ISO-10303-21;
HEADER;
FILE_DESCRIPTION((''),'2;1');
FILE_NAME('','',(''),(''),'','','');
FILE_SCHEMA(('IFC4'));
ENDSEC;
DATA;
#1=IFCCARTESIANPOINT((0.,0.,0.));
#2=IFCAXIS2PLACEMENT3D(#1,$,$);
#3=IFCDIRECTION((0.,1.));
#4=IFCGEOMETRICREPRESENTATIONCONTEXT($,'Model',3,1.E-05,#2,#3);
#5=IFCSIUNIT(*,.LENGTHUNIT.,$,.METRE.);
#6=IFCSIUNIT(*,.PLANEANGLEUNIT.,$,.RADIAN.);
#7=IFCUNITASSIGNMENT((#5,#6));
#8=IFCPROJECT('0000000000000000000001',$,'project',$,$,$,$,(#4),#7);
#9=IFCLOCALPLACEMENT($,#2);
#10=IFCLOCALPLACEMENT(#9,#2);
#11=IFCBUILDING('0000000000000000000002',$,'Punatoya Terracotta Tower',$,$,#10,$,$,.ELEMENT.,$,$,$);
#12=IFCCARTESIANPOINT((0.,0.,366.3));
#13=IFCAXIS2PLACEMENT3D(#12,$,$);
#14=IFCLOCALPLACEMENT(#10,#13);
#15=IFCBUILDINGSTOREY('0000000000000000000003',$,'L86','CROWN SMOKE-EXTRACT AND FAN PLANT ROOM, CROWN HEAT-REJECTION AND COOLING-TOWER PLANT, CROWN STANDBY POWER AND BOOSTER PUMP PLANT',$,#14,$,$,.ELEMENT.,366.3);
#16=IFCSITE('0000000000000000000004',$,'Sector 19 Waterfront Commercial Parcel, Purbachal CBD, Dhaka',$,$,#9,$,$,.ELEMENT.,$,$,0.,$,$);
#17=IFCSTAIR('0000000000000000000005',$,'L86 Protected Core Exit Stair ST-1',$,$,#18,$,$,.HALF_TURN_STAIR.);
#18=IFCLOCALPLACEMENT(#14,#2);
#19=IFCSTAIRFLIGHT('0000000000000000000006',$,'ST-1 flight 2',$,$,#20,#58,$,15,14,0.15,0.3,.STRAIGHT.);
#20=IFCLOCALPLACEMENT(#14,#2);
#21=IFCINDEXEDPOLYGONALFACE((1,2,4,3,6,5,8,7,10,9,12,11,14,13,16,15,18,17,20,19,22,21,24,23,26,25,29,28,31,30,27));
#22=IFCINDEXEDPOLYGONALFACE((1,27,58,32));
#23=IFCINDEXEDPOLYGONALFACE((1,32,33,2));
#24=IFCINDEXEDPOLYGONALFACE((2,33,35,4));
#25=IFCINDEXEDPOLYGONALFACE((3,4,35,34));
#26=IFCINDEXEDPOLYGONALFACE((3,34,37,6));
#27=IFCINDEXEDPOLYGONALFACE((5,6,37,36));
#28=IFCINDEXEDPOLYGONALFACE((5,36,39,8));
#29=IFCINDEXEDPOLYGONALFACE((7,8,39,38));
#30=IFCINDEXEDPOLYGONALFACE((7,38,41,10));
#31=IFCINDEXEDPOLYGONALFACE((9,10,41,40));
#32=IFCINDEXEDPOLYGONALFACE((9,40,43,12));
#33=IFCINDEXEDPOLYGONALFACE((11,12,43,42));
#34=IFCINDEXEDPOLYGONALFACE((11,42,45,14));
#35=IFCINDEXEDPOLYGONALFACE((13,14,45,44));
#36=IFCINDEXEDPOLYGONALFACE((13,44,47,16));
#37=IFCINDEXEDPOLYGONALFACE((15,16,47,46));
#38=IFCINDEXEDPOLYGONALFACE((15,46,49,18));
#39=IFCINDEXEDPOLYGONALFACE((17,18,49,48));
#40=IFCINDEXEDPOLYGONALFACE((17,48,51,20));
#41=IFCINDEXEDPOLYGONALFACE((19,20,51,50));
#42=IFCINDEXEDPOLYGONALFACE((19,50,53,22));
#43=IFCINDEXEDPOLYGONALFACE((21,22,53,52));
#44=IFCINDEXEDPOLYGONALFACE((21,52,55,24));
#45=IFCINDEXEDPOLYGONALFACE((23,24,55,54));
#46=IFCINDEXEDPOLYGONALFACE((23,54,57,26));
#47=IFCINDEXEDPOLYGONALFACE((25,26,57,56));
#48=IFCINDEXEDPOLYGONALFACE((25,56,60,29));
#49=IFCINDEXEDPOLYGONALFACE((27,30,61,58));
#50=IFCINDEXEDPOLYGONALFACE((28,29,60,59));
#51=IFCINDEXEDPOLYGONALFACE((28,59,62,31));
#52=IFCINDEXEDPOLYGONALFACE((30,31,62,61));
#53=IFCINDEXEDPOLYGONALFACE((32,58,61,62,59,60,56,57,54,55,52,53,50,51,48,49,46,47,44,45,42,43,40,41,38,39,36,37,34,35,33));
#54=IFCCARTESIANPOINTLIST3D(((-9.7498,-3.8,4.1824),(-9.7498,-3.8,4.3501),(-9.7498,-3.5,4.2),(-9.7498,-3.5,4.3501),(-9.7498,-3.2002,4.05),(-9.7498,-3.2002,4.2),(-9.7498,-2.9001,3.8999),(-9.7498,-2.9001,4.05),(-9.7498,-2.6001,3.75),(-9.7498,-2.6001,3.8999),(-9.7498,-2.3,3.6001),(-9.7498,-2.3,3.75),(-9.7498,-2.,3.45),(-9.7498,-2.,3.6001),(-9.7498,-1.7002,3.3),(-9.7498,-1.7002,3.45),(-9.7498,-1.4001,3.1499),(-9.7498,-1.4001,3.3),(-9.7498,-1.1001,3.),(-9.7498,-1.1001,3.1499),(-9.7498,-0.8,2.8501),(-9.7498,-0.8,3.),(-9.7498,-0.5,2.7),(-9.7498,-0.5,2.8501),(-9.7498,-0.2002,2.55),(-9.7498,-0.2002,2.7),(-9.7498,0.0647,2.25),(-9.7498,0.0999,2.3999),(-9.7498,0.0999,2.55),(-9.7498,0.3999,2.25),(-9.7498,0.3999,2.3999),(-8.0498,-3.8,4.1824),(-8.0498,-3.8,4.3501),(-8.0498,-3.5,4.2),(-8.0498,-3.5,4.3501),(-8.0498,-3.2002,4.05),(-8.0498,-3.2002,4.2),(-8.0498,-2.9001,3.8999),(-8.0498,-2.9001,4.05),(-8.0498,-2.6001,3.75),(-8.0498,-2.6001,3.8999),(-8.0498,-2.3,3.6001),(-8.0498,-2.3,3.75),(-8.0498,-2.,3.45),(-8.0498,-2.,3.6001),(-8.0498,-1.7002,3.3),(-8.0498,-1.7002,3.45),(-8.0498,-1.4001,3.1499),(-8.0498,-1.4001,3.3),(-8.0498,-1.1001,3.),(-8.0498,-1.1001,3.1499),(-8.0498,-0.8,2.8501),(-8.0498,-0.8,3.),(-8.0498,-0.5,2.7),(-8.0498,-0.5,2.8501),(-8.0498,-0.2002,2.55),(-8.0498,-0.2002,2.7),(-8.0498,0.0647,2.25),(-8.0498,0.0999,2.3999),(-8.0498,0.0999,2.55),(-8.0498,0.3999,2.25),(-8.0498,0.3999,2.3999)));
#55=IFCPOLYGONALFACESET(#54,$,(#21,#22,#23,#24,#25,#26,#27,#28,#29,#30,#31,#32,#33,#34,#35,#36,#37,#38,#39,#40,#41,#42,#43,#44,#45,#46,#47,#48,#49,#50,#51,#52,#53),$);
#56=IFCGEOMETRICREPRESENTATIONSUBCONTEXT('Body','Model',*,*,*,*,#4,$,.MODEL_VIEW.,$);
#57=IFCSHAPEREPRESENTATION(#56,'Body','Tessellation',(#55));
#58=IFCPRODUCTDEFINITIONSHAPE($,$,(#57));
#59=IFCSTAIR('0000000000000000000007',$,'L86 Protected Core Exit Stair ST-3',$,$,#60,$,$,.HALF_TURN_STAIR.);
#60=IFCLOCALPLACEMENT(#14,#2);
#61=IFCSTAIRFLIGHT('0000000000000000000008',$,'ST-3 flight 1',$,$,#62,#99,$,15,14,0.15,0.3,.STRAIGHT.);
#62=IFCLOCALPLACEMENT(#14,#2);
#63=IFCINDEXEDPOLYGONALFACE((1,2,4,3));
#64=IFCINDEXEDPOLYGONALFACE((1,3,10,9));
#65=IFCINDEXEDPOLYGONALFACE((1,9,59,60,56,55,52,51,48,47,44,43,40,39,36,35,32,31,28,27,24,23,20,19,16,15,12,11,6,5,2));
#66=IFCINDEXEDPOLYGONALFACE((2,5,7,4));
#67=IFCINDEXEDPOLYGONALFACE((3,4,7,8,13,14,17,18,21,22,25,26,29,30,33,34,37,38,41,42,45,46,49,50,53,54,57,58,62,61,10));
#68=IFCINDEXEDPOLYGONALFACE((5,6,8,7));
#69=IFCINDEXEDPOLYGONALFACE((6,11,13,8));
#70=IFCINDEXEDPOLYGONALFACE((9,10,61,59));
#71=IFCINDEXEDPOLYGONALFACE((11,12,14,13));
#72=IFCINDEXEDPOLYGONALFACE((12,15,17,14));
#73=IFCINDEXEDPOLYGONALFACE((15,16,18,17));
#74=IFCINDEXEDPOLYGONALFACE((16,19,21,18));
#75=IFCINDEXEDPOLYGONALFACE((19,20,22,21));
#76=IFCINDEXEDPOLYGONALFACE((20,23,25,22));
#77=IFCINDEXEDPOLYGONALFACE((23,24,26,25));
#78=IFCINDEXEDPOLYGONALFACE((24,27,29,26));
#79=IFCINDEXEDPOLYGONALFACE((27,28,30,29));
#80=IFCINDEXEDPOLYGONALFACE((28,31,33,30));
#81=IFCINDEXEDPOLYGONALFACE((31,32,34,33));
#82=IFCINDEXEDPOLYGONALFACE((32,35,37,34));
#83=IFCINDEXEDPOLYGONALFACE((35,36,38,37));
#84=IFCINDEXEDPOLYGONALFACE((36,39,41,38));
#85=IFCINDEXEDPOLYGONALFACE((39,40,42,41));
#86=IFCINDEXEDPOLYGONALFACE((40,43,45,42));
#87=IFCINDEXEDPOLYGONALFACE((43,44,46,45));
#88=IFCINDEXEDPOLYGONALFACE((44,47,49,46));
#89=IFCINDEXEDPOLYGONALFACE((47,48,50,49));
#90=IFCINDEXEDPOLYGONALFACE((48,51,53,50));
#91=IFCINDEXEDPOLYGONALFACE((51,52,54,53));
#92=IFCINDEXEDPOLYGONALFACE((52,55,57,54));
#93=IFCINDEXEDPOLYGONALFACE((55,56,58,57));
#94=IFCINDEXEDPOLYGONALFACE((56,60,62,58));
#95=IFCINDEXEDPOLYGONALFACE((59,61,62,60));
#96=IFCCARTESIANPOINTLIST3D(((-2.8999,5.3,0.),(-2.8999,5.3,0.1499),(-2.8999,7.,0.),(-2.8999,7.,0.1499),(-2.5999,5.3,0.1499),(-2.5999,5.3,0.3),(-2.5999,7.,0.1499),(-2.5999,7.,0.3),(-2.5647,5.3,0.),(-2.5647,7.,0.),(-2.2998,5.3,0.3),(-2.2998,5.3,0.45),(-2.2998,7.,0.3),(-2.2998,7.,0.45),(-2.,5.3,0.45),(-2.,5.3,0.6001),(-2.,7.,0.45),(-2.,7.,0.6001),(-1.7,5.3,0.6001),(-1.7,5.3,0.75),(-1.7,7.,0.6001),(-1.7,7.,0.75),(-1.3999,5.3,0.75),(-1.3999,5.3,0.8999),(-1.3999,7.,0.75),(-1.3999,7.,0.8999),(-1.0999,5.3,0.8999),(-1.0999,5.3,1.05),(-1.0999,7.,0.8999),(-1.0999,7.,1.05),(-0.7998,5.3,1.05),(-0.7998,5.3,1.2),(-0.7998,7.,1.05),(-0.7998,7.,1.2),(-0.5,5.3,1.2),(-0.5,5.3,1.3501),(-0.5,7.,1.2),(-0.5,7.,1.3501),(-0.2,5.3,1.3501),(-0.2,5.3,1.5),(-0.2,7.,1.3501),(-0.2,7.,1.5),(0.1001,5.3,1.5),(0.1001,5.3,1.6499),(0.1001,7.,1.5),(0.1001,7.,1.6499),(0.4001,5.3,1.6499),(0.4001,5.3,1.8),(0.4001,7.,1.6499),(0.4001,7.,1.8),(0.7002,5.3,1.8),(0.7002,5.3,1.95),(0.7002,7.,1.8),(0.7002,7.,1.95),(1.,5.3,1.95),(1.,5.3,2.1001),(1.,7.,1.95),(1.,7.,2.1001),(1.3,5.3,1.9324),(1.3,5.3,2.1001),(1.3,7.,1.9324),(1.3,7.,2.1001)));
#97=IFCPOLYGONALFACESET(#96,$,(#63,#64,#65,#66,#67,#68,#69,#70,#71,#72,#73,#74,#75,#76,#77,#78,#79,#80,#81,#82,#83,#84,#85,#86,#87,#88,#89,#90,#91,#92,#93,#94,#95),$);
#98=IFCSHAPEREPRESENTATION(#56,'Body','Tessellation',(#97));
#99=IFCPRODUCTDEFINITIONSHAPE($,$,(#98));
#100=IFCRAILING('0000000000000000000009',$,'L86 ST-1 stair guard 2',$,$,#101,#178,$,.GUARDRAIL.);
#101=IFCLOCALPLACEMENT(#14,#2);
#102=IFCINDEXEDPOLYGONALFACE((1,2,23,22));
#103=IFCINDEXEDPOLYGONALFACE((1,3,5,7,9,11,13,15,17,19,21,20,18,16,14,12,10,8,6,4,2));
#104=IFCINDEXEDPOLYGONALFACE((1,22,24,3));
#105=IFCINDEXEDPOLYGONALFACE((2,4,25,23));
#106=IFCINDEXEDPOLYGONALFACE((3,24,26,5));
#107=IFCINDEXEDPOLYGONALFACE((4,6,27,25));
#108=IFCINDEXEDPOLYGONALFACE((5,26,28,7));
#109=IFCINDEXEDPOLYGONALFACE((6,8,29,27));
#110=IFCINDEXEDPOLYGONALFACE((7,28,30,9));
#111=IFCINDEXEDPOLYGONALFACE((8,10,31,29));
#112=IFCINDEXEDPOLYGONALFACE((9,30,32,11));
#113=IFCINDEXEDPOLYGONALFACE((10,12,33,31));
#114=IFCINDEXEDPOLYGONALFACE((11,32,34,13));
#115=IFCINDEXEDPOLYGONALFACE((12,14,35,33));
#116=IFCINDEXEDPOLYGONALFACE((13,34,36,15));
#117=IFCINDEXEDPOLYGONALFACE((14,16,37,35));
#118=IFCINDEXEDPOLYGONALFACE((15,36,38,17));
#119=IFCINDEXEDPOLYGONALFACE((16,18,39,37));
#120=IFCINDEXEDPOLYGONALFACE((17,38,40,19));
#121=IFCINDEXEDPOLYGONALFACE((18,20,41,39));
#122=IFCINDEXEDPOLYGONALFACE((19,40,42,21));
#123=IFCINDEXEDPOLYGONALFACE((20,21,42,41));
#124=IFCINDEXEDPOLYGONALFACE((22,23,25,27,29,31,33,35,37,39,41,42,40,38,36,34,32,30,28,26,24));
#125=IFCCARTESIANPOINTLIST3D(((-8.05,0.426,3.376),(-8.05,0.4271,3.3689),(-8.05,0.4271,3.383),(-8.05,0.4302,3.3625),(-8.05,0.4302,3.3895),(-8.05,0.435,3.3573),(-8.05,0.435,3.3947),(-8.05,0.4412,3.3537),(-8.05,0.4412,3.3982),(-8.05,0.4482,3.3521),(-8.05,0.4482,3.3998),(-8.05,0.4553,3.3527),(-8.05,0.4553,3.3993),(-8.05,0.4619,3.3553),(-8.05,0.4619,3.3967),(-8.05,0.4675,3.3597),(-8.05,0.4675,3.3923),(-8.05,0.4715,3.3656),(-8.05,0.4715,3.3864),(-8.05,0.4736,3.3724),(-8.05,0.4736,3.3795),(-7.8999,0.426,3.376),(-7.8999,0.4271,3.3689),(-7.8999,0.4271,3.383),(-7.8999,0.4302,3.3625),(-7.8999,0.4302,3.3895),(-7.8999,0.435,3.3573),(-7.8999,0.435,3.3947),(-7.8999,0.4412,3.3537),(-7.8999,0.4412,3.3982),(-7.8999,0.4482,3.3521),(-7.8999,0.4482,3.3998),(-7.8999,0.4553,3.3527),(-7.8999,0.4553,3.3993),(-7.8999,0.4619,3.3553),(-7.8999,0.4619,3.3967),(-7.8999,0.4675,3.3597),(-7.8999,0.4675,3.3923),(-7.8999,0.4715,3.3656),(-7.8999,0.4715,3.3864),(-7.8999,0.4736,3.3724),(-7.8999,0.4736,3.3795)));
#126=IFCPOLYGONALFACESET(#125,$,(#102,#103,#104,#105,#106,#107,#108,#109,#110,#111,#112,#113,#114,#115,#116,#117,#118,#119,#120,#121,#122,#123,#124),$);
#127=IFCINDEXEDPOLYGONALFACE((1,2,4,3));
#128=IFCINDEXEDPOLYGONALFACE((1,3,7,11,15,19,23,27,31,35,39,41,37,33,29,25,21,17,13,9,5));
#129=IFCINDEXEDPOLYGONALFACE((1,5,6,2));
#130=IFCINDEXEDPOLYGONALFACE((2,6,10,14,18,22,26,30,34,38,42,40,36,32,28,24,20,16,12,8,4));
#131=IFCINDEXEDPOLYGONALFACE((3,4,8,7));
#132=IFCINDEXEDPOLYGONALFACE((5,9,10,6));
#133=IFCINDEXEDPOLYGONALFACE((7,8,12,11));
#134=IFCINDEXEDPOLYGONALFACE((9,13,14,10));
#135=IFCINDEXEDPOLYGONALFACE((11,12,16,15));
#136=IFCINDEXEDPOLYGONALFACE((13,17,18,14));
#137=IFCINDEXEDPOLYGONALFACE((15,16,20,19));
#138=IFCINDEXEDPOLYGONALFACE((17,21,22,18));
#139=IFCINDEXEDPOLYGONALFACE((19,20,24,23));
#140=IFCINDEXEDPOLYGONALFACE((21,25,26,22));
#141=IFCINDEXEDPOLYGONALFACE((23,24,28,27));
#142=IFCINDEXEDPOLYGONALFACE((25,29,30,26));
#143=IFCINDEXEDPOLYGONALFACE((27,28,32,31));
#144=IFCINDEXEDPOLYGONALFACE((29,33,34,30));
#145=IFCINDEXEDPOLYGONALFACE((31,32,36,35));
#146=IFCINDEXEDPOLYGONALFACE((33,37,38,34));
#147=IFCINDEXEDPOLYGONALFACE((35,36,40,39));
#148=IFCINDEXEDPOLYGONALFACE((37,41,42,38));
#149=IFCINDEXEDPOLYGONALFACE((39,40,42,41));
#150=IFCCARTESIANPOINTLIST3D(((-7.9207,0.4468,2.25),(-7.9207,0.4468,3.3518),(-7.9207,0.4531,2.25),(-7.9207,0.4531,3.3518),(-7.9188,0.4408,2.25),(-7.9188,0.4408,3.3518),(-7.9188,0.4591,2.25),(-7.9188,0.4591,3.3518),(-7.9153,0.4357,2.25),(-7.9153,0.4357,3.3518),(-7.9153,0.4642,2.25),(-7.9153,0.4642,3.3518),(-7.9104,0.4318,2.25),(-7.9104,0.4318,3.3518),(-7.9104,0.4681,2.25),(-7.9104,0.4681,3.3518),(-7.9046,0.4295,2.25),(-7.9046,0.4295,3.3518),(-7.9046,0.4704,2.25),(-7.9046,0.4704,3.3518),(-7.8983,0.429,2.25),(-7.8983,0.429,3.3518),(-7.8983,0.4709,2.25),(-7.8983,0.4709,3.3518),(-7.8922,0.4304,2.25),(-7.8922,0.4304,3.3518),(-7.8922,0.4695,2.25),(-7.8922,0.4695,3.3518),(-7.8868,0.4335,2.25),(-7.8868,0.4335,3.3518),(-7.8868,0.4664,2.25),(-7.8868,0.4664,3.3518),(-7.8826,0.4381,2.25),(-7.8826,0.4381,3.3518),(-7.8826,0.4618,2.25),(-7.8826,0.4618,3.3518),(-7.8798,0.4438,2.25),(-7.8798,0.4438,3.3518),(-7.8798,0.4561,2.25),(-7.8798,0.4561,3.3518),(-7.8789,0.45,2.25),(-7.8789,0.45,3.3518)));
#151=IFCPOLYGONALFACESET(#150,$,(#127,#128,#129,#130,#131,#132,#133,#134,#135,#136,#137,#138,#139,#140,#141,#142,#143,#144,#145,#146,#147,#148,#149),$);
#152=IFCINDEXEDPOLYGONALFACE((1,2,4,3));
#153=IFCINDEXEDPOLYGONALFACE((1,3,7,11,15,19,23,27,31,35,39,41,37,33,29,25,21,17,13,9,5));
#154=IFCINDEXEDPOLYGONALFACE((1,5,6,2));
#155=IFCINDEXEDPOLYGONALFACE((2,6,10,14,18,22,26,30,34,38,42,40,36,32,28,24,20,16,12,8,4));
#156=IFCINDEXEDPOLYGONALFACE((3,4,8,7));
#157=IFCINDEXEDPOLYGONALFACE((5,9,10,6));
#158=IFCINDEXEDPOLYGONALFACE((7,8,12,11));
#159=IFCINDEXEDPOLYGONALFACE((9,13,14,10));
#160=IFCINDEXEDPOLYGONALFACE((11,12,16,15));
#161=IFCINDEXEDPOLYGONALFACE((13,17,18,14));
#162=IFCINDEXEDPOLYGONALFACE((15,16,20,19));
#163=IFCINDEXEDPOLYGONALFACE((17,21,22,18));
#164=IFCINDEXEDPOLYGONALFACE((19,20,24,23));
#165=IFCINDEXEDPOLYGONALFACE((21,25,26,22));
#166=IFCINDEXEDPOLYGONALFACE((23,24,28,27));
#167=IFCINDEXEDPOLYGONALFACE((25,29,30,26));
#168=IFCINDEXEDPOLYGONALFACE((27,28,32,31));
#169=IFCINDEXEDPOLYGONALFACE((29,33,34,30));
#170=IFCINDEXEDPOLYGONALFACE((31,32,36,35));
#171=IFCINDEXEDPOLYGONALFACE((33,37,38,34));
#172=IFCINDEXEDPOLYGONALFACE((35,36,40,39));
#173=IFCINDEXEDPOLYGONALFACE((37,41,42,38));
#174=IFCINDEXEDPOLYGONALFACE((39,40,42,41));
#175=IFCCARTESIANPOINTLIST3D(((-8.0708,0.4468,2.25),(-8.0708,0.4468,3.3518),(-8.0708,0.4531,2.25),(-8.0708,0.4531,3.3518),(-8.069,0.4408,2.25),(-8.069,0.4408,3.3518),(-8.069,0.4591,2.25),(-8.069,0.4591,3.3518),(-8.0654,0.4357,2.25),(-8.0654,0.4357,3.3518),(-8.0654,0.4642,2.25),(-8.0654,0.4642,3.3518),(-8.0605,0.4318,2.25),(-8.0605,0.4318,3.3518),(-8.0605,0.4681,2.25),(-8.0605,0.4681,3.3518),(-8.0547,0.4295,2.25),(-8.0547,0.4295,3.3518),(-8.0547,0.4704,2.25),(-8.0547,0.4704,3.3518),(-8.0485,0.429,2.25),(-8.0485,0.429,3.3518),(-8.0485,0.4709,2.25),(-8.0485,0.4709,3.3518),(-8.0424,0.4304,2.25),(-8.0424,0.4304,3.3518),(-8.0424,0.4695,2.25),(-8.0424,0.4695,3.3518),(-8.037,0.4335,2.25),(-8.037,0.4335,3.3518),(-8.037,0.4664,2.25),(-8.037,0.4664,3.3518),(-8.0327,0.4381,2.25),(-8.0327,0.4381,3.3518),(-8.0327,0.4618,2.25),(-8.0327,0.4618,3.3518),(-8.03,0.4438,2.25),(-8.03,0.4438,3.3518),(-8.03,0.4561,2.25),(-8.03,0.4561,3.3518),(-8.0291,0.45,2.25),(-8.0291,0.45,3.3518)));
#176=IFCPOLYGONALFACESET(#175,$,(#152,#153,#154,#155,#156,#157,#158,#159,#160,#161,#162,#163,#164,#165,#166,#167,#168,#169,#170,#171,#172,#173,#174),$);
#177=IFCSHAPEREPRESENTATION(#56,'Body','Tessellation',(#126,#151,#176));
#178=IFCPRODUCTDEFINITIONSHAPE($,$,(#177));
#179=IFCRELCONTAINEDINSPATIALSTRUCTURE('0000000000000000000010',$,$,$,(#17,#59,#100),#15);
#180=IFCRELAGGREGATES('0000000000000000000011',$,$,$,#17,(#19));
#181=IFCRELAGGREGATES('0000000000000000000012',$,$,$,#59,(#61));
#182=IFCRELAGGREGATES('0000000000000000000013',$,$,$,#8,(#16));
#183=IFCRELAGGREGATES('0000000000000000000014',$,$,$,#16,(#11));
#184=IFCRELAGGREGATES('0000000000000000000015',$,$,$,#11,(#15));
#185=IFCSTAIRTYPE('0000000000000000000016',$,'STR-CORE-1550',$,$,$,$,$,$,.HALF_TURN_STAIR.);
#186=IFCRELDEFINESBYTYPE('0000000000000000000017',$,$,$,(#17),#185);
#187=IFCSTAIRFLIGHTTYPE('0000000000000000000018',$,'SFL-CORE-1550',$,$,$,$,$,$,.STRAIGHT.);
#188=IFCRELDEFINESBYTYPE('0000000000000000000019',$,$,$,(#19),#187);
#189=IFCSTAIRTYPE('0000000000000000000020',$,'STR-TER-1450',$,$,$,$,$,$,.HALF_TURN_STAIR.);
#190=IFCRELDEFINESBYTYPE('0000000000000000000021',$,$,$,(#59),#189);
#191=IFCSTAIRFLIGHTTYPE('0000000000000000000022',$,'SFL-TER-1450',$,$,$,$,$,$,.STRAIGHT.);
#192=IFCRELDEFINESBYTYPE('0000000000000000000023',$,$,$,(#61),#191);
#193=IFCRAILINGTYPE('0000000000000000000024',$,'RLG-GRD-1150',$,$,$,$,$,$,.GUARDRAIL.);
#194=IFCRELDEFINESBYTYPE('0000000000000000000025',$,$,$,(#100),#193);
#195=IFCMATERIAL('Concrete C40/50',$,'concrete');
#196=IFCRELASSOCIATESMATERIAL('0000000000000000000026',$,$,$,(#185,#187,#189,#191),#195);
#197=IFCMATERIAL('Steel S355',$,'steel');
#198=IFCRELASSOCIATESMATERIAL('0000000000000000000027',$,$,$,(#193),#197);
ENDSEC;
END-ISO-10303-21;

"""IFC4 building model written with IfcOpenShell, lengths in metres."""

from ifc_helpers import new_model, si_unit, direction, frame, origin, origin_2d, place, context, subcontext, project, spatial, polyline, circle, outline, extrude, material, type_object, element, aggregate, save


model = new_model("IFC4")

# Units and contexts
model_context = context("Model", 3, precision=1e-05, world=origin(), true_north=direction((0.0, 1.0)))
body_context = subcontext(model_context, "Body", "Model", "MODEL_VIEW")
ifc_project = project(units=[si_unit("LENGTHUNIT", "METRE"), si_unit("PLANEANGLEUNIT", "RADIAN")], contexts=[model_context])

# Site, building, storey
site_placement = place(None, origin())
site = spatial("IfcSite", under=ifc_project, at=site_placement, Name="Sector 19 Waterfront Commercial Parcel, Purbachal CBD, Dhaka", CompositionType="ELEMENT", RefElevation=0.0)
building_placement = place(site_placement, origin())
building = spatial("IfcBuilding", under=site, at=building_placement, Name="Punatoya Terracotta Tower", CompositionType="ELEMENT")
storey_placement = place(building_placement, frame((0.0, 0.0, 366.3)))
storey = spatial("IfcBuildingStorey", under=building, at=storey_placement, Name="L86", Description="CROWN SMOKE-EXTRACT AND FAN PLANT ROOM, CROWN HEAT-REJECTION AND COOLING-TOWER PLANT, CROWN STANDBY POWER AND BOOSTER PUMP PLANT", CompositionType="ELEMENT", Elevation=366.3)

# Shared definitions
ifc_material_1 = material(Name="Steel S355", Category="steel")

# Shared definitions
ifc_material_2 = material(Name="Concrete C40/50", Category="concrete")

# Stairs, stair flights
stair_type_1 = type_object("IfcStairType", Name="STR-CORE-1550", PredefinedType="HALF_TURN_STAIR", material=ifc_material_2)
stair_1_placement = place(storey_placement, origin())
stair_1 = element("IfcStair", 1, at=stair_1_placement, inside=storey, type_object=stair_type_1, Name="L86 Protected Core Exit Stair ST-1", PredefinedType="HALF_TURN_STAIR")
stair_flight_type_1 = type_object("IfcStairFlightType", Name="SFL-CORE-1550", PredefinedType="STRAIGHT", material=ifc_material_2)
stair_flight_1_placement = place(storey_placement, frame((-8.8999, 0.3999, 2.25), z_axis=(0.0, 0.0, 1.0), x_axis=(0.0, -1.0, 0.0)))
stair_flight_1 = element("IfcStairFlight", 2, at=stair_flight_1_placement, type_object=stair_flight_type_1, Name="ST-1 flight 2", NumberOfRisers=15, NumberOfTreads=14, PredefinedType="STRAIGHT", RiserHeight=0.15, TreadLength=0.3, context=body_context, shape_type="SweptSolid", body=[
    extrude(outline(polyline([(0.0, 0.0), (0.0, 0.1499), (0.3, 0.1499), (0.3, 0.3), (0.6001, 0.3), (0.6001, 0.45), (0.8999, 0.45), (0.8999, 0.6001), (1.2, 0.6001), (1.2, 0.75), (1.5, 0.75), (1.5, 0.8999), (1.8, 0.8999), (1.8, 1.05), (2.1001, 1.05), (2.1001, 1.2), (2.3999, 1.2), (2.3999, 1.3501), (2.7, 1.3501), (2.7, 1.5), (3.0, 1.5), (3.0, 1.6499), (3.3, 1.6499), (3.3, 1.8), (3.6001, 1.8), (3.6001, 1.95), (3.8999, 1.95), (3.8999, 2.1001), (4.2, 2.1001), (4.2, 2.25), (4.2, 1.9324), (0.3352, 0.0), (0.0, 0.0)])), frame((0.0, 0.8501, 0.0), z_axis=(0.0, -1.0, 0.0), x_axis=(1.0, 0.0, 0.0)), (0.0, 0.0, 1.0), 1.7),
])
aggregate(stair_1, [stair_flight_1])
stair_type_2 = type_object("IfcStairType", Name="STR-TER-1450", PredefinedType="HALF_TURN_STAIR", material=ifc_material_2)
stair_2_placement = place(storey_placement, origin())
stair_2 = element("IfcStair", 3, at=stair_2_placement, inside=storey, type_object=stair_type_2, Name="L86 Protected Core Exit Stair ST-3", PredefinedType="HALF_TURN_STAIR")
stair_flight_type_2 = type_object("IfcStairFlightType", Name="SFL-TER-1450", PredefinedType="STRAIGHT", material=ifc_material_2)
stair_flight_2_placement = place(storey_placement, frame((-2.8999, 6.1499, 0.0), z_axis=(0.0, 0.0, 1.0), x_axis=(1.0, 0.0, 0.0)))
stair_flight_2 = element("IfcStairFlight", 4, at=stair_flight_2_placement, type_object=stair_flight_type_2, Name="ST-3 flight 1", NumberOfRisers=15, NumberOfTreads=14, PredefinedType="STRAIGHT", RiserHeight=0.15, TreadLength=0.3, context=body_context, shape_type="SweptSolid", body=[
    extrude(outline(polyline([(0.0, 0.0), (0.0, 0.1499), (0.3, 0.1499), (0.3, 0.3), (0.6001, 0.3), (0.6001, 0.45), (0.8999, 0.45), (0.8999, 0.6001), (1.2, 0.6001), (1.2, 0.75), (1.5, 0.75), (1.5, 0.8999), (1.8, 0.8999), (1.8, 1.05), (2.1001, 1.05), (2.1001, 1.2), (2.3999, 1.2), (2.3999, 1.3501), (2.7, 1.3501), (2.7, 1.5), (3.0, 1.5), (3.0, 1.6499), (3.3, 1.6499), (3.3, 1.8), (3.6001, 1.8), (3.6001, 1.95), (3.8999, 1.95), (3.8999, 2.1001), (4.2, 2.1001), (4.2, 2.25), (4.2, 1.9324), (0.3352, 0.0), (0.0, 0.0)])), frame((0.0, 0.8501, 0.0), z_axis=(0.0, -1.0, 0.0), x_axis=(1.0, 0.0, 0.0)), (0.0, 0.0, 1.0), 1.7),
])
aggregate(stair_2, [stair_flight_2])

# Railing
railing_type_1 = type_object("IfcRailingType", Name="RLG-GRD-1150", PredefinedType="GUARDRAIL", material=ifc_material_1)
railing_1_placement = place(storey_placement, frame((-7.8999, 0.45, 2.25)))
element("IfcRailing", 5, at=railing_1_placement, inside=storey, type_object=railing_type_1, Name="L86 ST-1 stair guard 2", PredefinedType="GUARDRAIL", context=body_context, shape_type="SweptSolid", body=[
    extrude(circle(Radius=0.0239, at=origin_2d()), frame((0.0, 0.0, 1.126), z_axis=(-1.0, 0.0, 0.0), x_axis=(0.0, -1.0, 0.0)), (0.0, 0.0, 1.0), 0.1501),
    extrude(circle(Radius=0.021, at=origin_2d()), origin(), (0.0, 0.0, 1.0), 1.1018),
    extrude(circle(Radius=0.021, at=origin_2d()), frame((-0.1501, 0.0, 0.0)), (0.0, 0.0, 1.0), 1.1018),
])

save(model, "model.ifc")
